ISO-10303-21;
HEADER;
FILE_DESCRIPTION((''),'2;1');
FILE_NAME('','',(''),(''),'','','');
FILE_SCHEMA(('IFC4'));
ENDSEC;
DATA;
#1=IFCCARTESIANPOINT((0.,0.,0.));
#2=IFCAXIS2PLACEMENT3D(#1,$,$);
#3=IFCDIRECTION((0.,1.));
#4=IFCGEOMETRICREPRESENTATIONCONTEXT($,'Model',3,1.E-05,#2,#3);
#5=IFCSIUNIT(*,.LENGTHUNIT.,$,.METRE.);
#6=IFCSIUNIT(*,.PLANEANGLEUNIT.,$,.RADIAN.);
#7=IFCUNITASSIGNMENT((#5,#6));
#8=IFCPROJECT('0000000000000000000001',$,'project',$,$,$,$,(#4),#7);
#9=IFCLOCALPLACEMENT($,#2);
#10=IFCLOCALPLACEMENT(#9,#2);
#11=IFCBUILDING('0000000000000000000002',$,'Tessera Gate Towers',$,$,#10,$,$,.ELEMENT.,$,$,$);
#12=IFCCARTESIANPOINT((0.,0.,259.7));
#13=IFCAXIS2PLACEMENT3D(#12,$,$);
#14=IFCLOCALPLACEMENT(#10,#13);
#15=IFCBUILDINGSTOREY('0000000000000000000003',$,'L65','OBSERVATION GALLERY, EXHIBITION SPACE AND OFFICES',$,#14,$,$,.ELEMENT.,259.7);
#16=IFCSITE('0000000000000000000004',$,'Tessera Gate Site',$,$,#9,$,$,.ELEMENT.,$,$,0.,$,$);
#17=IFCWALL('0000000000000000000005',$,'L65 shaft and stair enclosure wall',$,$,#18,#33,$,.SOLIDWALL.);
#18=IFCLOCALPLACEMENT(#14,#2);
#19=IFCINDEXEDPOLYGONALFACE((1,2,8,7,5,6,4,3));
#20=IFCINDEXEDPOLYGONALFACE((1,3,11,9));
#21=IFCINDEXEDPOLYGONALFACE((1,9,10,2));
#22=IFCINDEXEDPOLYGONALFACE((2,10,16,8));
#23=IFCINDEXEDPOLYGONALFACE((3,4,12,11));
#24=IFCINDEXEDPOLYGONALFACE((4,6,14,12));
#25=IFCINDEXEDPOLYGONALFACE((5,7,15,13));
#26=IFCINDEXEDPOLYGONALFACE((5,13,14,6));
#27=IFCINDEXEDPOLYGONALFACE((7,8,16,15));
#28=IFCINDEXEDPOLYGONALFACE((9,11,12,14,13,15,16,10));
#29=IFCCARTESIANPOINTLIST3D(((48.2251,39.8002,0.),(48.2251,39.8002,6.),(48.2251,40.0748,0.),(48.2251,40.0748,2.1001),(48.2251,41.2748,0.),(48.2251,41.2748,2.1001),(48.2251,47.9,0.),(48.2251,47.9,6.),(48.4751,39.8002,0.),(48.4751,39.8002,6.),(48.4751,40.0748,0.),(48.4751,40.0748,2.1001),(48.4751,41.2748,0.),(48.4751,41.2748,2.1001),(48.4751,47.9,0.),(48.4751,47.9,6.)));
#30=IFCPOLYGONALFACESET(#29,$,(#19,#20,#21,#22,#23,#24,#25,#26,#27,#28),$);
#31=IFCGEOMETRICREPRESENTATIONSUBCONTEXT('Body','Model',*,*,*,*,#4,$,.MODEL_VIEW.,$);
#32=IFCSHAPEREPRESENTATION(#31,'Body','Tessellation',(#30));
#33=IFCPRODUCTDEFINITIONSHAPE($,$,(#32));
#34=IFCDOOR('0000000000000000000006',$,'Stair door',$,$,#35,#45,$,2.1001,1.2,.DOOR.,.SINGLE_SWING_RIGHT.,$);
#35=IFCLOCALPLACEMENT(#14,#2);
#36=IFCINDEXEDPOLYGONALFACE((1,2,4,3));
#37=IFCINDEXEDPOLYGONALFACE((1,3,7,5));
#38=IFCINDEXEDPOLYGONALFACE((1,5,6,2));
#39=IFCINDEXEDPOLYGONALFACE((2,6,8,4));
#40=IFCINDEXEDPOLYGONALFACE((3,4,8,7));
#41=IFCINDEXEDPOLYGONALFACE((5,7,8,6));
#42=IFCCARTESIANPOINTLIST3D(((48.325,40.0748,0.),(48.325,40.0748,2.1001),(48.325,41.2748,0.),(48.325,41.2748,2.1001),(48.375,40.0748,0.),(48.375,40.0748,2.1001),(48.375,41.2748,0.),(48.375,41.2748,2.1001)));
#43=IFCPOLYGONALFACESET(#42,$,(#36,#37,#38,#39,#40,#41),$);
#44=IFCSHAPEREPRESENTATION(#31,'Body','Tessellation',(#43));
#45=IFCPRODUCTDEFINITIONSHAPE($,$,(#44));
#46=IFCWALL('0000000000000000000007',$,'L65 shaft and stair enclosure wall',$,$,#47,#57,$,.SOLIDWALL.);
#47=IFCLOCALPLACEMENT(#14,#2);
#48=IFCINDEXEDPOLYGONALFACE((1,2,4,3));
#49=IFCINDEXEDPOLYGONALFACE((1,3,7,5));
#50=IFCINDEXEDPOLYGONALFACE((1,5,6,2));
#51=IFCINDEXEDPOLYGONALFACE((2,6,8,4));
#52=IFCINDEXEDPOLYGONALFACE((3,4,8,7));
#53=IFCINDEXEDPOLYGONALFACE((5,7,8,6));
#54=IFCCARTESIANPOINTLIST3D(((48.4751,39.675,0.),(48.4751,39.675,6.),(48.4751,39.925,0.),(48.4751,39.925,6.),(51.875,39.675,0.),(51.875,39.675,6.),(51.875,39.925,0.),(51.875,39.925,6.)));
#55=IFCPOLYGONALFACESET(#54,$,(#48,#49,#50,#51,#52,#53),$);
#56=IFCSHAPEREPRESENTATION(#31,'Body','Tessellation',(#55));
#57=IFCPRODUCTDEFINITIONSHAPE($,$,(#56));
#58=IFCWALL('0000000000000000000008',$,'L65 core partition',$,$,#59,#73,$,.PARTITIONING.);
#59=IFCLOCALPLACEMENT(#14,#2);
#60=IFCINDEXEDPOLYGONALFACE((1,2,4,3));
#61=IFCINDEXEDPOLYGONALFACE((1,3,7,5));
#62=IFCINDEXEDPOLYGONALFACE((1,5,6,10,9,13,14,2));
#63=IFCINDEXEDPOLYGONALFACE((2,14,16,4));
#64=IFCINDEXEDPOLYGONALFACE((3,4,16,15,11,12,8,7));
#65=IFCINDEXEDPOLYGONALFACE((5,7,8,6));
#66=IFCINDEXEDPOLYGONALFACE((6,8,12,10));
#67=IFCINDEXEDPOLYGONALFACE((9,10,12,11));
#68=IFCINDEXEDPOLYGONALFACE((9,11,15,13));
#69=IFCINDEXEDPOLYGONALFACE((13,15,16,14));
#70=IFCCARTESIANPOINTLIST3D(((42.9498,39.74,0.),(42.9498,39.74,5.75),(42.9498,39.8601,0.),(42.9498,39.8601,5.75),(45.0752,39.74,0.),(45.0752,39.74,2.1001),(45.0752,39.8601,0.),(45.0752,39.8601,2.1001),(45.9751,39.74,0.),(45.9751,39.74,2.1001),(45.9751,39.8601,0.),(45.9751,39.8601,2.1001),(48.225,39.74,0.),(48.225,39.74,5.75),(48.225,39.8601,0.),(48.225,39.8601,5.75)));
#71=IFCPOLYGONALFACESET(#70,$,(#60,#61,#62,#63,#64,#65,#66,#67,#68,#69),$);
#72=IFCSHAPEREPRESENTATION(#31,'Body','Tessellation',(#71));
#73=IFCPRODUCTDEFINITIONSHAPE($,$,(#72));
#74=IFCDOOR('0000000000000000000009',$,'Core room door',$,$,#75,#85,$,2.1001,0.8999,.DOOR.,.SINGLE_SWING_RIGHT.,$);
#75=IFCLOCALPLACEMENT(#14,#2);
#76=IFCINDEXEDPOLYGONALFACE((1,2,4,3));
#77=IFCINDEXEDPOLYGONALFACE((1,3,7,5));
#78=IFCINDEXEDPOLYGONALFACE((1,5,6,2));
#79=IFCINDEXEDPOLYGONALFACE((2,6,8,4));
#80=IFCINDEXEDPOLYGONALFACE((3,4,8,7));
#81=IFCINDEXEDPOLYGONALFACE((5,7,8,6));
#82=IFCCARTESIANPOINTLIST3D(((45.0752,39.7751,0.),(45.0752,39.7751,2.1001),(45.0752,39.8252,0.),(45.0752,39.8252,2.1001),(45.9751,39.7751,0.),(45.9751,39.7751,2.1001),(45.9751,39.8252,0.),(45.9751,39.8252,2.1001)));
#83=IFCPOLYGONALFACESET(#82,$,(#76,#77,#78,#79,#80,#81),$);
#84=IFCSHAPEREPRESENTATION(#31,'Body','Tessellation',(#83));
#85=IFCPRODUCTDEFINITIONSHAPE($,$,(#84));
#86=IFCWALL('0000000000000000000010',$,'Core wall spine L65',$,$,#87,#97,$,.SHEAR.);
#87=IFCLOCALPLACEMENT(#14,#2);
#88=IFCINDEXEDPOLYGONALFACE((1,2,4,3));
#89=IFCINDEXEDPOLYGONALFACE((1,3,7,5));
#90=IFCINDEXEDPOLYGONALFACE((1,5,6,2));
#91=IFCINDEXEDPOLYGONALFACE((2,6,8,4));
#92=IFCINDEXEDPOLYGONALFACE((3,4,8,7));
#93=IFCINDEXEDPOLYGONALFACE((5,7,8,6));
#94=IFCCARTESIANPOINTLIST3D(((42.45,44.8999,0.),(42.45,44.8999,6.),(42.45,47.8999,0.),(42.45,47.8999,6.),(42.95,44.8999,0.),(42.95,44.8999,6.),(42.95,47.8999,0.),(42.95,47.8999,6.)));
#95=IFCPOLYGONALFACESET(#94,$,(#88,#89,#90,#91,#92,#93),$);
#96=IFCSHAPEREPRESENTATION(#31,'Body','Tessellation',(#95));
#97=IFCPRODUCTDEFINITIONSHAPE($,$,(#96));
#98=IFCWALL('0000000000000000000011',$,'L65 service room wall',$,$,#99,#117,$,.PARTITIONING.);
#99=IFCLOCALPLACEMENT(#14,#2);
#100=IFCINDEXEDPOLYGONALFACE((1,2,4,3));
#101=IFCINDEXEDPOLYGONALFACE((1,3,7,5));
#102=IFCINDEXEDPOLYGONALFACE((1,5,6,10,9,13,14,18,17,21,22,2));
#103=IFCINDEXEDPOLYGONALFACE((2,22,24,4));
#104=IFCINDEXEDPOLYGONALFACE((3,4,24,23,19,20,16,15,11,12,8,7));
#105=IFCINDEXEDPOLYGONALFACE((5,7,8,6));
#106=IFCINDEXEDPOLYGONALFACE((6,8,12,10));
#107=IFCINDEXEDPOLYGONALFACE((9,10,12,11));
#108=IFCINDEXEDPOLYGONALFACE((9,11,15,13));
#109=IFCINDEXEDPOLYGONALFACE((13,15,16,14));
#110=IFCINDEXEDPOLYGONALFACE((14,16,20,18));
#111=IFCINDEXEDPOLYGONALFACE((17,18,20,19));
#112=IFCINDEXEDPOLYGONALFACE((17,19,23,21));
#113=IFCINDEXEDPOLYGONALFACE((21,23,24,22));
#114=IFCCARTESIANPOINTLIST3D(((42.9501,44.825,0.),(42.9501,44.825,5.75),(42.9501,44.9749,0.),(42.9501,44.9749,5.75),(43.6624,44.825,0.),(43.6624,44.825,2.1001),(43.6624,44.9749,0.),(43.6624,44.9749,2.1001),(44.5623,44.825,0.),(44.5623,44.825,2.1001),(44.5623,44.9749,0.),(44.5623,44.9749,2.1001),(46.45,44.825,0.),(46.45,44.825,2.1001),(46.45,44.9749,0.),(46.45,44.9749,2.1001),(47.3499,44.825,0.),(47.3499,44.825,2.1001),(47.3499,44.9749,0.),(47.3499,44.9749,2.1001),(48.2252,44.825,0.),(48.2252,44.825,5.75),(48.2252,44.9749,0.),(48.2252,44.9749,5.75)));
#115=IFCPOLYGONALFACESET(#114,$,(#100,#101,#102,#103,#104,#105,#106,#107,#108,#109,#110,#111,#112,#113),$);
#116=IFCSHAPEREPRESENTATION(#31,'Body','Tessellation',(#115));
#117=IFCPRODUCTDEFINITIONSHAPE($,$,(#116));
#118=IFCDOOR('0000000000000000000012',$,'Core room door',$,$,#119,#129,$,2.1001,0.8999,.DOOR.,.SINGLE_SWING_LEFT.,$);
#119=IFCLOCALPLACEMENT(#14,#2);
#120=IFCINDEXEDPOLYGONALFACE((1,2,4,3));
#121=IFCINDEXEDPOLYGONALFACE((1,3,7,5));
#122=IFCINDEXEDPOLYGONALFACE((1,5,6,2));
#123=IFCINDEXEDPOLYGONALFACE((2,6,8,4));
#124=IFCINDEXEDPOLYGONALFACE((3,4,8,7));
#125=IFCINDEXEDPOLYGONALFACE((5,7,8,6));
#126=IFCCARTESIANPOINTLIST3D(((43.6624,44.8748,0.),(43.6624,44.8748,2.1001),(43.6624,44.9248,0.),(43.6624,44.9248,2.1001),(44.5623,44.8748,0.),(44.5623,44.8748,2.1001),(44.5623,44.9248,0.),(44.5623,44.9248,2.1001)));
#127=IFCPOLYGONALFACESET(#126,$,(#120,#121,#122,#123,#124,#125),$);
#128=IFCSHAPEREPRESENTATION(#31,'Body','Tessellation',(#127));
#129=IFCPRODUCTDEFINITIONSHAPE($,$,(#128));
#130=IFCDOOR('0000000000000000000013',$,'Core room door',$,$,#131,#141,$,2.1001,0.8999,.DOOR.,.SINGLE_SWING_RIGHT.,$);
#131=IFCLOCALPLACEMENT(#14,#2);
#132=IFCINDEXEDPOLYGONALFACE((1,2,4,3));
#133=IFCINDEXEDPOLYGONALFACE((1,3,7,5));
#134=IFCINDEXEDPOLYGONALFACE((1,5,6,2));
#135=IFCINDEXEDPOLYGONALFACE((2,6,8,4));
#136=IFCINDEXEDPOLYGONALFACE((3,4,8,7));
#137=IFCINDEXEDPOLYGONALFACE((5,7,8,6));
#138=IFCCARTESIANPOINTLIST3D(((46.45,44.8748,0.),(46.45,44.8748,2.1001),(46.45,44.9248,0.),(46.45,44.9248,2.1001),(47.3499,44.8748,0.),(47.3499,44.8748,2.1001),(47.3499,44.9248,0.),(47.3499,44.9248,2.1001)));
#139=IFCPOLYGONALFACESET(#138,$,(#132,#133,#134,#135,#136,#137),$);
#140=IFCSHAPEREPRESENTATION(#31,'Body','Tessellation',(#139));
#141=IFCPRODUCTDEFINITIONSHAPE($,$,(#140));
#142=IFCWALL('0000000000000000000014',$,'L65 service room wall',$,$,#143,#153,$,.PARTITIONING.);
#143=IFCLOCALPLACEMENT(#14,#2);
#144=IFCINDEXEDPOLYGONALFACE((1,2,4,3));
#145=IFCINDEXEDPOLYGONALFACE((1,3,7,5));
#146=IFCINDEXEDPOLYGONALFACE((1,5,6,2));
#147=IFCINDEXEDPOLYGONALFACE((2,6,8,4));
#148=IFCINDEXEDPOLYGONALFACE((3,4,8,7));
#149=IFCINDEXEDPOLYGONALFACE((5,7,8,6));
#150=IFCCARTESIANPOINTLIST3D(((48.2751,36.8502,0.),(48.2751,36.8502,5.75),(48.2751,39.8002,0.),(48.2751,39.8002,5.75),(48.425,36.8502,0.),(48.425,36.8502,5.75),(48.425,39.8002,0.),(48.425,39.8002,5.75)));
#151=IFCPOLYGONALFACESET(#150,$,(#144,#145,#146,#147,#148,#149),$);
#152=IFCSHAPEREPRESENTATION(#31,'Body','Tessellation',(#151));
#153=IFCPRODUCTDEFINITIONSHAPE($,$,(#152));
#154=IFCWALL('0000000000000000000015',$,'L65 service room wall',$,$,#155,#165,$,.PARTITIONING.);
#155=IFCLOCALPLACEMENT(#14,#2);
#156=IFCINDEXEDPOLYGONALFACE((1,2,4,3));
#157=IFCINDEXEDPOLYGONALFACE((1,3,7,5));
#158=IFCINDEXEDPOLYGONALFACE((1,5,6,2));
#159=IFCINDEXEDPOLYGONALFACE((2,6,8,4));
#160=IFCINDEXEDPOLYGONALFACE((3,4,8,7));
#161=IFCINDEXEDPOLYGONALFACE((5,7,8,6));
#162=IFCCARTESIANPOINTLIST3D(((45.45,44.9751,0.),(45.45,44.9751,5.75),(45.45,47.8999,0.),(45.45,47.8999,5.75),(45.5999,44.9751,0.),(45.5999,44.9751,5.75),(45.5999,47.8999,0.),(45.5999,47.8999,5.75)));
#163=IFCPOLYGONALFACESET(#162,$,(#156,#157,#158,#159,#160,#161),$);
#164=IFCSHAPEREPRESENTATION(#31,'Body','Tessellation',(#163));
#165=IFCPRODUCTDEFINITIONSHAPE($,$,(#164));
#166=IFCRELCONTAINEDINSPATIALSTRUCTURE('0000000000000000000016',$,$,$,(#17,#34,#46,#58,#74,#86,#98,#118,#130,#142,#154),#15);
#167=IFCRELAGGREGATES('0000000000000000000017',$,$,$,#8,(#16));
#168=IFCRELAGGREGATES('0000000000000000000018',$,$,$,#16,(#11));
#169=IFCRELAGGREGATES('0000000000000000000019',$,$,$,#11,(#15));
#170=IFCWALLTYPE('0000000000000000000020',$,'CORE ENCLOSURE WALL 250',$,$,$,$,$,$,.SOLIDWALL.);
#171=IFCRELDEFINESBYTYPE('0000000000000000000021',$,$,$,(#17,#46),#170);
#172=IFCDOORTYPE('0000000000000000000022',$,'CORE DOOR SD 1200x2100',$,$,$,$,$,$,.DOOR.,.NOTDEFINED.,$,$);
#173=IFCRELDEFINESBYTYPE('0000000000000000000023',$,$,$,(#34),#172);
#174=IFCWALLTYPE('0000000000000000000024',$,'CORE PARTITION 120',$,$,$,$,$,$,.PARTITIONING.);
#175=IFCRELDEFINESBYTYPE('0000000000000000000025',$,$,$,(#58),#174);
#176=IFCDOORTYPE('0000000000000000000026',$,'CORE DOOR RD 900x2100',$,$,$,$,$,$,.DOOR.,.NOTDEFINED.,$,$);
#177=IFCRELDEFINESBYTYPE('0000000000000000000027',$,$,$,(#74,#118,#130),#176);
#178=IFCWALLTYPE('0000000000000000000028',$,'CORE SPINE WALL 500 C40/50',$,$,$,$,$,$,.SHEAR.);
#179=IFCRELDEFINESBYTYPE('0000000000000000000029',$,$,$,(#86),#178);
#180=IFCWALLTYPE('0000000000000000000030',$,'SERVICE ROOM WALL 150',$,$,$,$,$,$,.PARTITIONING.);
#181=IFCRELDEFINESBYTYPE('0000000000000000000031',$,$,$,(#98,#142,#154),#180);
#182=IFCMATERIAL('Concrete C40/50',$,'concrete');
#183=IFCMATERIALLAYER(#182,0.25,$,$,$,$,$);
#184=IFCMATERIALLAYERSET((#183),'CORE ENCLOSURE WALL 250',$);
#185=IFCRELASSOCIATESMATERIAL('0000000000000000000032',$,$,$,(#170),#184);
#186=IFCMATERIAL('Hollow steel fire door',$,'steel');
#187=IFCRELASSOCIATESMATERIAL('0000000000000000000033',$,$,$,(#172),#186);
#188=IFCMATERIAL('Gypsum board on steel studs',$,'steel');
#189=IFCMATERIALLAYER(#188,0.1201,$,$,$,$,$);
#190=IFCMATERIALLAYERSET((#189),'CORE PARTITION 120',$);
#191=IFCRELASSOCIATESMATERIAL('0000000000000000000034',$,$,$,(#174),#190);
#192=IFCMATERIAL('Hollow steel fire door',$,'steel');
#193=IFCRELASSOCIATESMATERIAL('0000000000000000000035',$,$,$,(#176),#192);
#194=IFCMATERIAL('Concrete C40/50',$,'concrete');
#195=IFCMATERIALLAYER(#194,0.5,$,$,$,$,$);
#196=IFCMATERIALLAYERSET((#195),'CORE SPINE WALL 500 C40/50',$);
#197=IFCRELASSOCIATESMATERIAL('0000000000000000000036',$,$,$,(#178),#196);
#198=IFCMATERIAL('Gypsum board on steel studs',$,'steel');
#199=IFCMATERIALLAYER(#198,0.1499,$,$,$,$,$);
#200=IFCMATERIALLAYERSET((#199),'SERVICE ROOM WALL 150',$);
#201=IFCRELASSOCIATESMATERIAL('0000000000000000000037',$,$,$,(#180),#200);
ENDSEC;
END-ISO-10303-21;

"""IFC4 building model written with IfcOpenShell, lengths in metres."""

from ifc_helpers import new_model, si_unit, direction, frame, frame_2d, origin, place, context, subcontext, project, spatial, rectangle, extrude, source, transform, mapped, material, layer, layer_set, type_object, element, fill, save


model = new_model("IFC4")

# Units and contexts
model_context = context("Model", 3, precision=1e-05, world=origin(), true_north=direction((0.0, 1.0)))
body_context = subcontext(model_context, "Body", "Model", "MODEL_VIEW")
ifc_project = project(units=[si_unit("LENGTHUNIT", "METRE"), si_unit("PLANEANGLEUNIT", "RADIAN")], contexts=[model_context])

# Site, building, storey
site_placement = place(None, origin())
site = spatial("IfcSite", under=ifc_project, at=site_placement, Name="Tessera Gate Site", CompositionType="ELEMENT", RefElevation=0.0)
building_placement = place(site_placement, origin())
building = spatial("IfcBuilding", under=site, at=building_placement, Name="Tessera Gate Towers", CompositionType="ELEMENT")
storey_placement = place(building_placement, frame((0.0, 0.0, 259.7)))
storey = spatial("IfcBuildingStorey", under=building, at=storey_placement, Name="L65", Description="OBSERVATION GALLERY, EXHIBITION SPACE AND OFFICES", CompositionType="ELEMENT", Elevation=259.7)

# Wall, opening, door
ifc_material_1 = material(Name="Concrete C40/50", Category="concrete")
ifc_layer_1 = layer(ifc_material_1, 0.25)
ifc_layer_set_1 = layer_set([ifc_layer_1], Name="CORE ENCLOSURE WALL 250")
wall_type_1 = type_object("IfcWallType", Name="CORE ENCLOSURE WALL 250", PredefinedType="SOLIDWALL", material=ifc_layer_set_1)
wall_1_placement = place(storey_placement, frame((48.3501, 47.8999, 0.0), z_axis=(0.0, 0.0, 1.0), x_axis=(0.0, -1.0, 0.0)))
wall_1 = element("IfcWall", 1, at=wall_1_placement, inside=storey, type_object=wall_type_1, Name="L65 shaft and stair enclosure wall", PredefinedType="SOLIDWALL", context=body_context, shape_type="SweptSolid", body=[
    extrude(rectangle(XDim=8.0999, YDim=0.25, at=frame_2d((4.0498, 0.0))), origin(), (0.0, 0.0, 1.0), 6.0),
])
shared_shape_1 = source(origin(), body_context, "Body", "SweptSolid", [
    extrude(rectangle(XDim=1.2, YDim=2.1001, at=frame_2d((0.6001, 1.05))), frame((0.0, 0.135, 0.0), z_axis=(0.0, -1.0, 0.0), x_axis=(1.0, 0.0, 0.0)), (0.0, 0.0, 1.0), 0.27),
])
opening_1_placement = place(wall_1_placement, frame((6.625, 0.0, 0.0)))
opening_1 = element("IfcOpeningElement", 2, at=opening_1_placement, cuts=wall_1, PredefinedType="OPENING", context=body_context, shape_type="MappedRepresentation", body=[
    mapped(shared_shape_1, transform((0.0, 0.0, 0.0), scale=1.0)),
])
ifc_material_2 = material(Name="Hollow steel fire door", Category="steel")
door_type_1 = type_object("IfcDoorType", Name="CORE DOOR SD 1200x2100", OperationType="NOTDEFINED", PredefinedType="DOOR", material=ifc_material_2)
shared_shape_2 = source(origin(), body_context, "Body", "SweptSolid", [
    extrude(rectangle(XDim=1.2, YDim=2.1001, at=frame_2d((0.6001, 1.05))), frame((0.0, 0.0249, 0.0), z_axis=(0.0, -1.0, 0.0), x_axis=(1.0, 0.0, 0.0)), (0.0, 0.0, 1.0), 0.05),
])
door_1_placement = place(opening_1_placement, origin())
door_1 = element("IfcDoor", 3, at=door_1_placement, inside=storey, type_object=door_type_1, Name="Stair door", OperationType="SINGLE_SWING_RIGHT", OverallHeight=2.1001, OverallWidth=1.2, PredefinedType="DOOR", context=body_context, shape_type="MappedRepresentation", body=[
    mapped(shared_shape_2, transform((0.0, 0.0, 0.0), scale=1.0)),
])
fill(opening_1, door_1)

# Wall
wall_2_placement = place(storey_placement, frame((48.4751, 39.8, 0.0), z_axis=(0.0, 0.0, 1.0), x_axis=(1.0, 0.0, 0.0)))
element("IfcWall", 4, at=wall_2_placement, inside=storey, type_object=wall_type_1, Name="L65 shaft and stair enclosure wall", PredefinedType="SOLIDWALL", context=body_context, shape_type="SweptSolid", body=[
    extrude(rectangle(XDim=3.3999, YDim=0.25, at=frame_2d((1.7, 0.0))), origin(), (0.0, 0.0, 1.0), 6.0),
])

# Wall, opening, door
ifc_material_3 = material(Name="Gypsum board on steel studs", Category="steel")
ifc_layer_2 = layer(ifc_material_3, 0.1201)
ifc_layer_set_2 = layer_set([ifc_layer_2], Name="CORE PARTITION 120")
wall_type_2 = type_object("IfcWallType", Name="CORE PARTITION 120", PredefinedType="PARTITIONING", material=ifc_layer_set_2)
wall_3_placement = place(storey_placement, frame((48.2251, 39.8, 0.0), z_axis=(0.0, 0.0, 1.0), x_axis=(-1.0, 0.0, 0.0)))
wall_3 = element("IfcWall", 5, at=wall_3_placement, inside=storey, type_object=wall_type_2, Name="L65 core partition", PredefinedType="PARTITIONING", context=body_context, shape_type="SweptSolid", body=[
    extrude(rectangle(XDim=5.2751, YDim=0.1201, at=frame_2d((2.6377, 0.0))), origin(), (0.0, 0.0, 1.0), 5.75),
])
shared_shape_3 = source(origin(), body_context, "Body", "SweptSolid", [
    extrude(rectangle(XDim=0.8999, YDim=2.1001, at=frame_2d((0.45, 1.05))), frame((0.0, 0.0701, 0.0), z_axis=(0.0, -1.0, 0.0), x_axis=(1.0, 0.0, 0.0)), (0.0, 0.0, 1.0), 0.1401),
])
opening_2_placement = place(wall_3_placement, frame((2.25, 0.0, 0.0)))
opening_2 = element("IfcOpeningElement", 6, at=opening_2_placement, cuts=wall_3, PredefinedType="OPENING", context=body_context, shape_type="MappedRepresentation", body=[
    mapped(shared_shape_3, transform((0.0, 0.0, 0.0), scale=1.0)),
])
ifc_material_4 = material(Name="Hollow steel fire door", Category="steel")
door_type_2 = type_object("IfcDoorType", Name="CORE DOOR RD 900x2100", OperationType="NOTDEFINED", PredefinedType="DOOR", material=ifc_material_4)
shared_shape_4 = source(origin(), body_context, "Body", "SweptSolid", [
    extrude(rectangle(XDim=0.8999, YDim=2.1001, at=frame_2d((0.45, 1.05))), frame((0.0, 0.0249, 0.0), z_axis=(0.0, -1.0, 0.0), x_axis=(1.0, 0.0, 0.0)), (0.0, 0.0, 1.0), 0.05),
])
door_2_placement = place(opening_2_placement, origin())
door_2 = element("IfcDoor", 7, at=door_2_placement, inside=storey, type_object=door_type_2, Name="Core room door", OperationType="SINGLE_SWING_RIGHT", OverallHeight=2.1001, OverallWidth=0.8999, PredefinedType="DOOR", context=body_context, shape_type="MappedRepresentation", body=[
    mapped(shared_shape_4, transform((0.0, 0.0, 0.0), scale=1.0)),
])
fill(opening_2, door_2)

# Wall
ifc_material_5 = material(Name="Concrete C40/50", Category="concrete")
ifc_layer_3 = layer(ifc_material_5, 0.5)
ifc_layer_set_3 = layer_set([ifc_layer_3], Name="CORE SPINE WALL 500 C40/50")
wall_type_3 = type_object("IfcWallType", Name="CORE SPINE WALL 500 C40/50", PredefinedType="SHEAR", material=ifc_layer_set_3)
wall_4_placement = place(storey_placement, frame((42.7, 44.8999, 0.0), z_axis=(0.0, 0.0, 1.0), x_axis=(0.0, 1.0, 0.0)))
element("IfcWall", 8, at=wall_4_placement, inside=storey, type_object=wall_type_3, Name="Core wall spine L65", PredefinedType="SHEAR", context=body_context, shape_type="SweptSolid", body=[
    extrude(rectangle(XDim=3.0, YDim=0.5, at=frame_2d((1.5, 0.0))), origin(), (0.0, 0.0, 1.0), 6.0),
])

# Wall, openings, doors
ifc_material_6 = material(Name="Gypsum board on steel studs", Category="steel")
ifc_layer_4 = layer(ifc_material_6, 0.1499)
ifc_layer_set_4 = layer_set([ifc_layer_4], Name="SERVICE ROOM WALL 150")
wall_type_4 = type_object("IfcWallType", Name="SERVICE ROOM WALL 150", PredefinedType="PARTITIONING", material=ifc_layer_set_4)
wall_5_placement = place(storey_placement, frame((42.95, 44.8999, 0.0), z_axis=(0.0, 0.0, 1.0), x_axis=(1.0, 0.0, 0.0)))
wall_5 = element("IfcWall", 9, at=wall_5_placement, inside=storey, type_object=wall_type_4, Name="L65 service room wall", PredefinedType="PARTITIONING", context=body_context, shape_type="SweptSolid", body=[
    extrude(rectangle(XDim=5.2751, YDim=0.1499, at=frame_2d((2.6377, 0.0))), origin(), (0.0, 0.0, 1.0), 5.75),
])
shared_shape_5 = source(origin(), body_context, "Body", "SweptSolid", [
    extrude(rectangle(XDim=0.8999, YDim=2.1001, at=frame_2d((0.45, 1.05))), frame((0.0, 0.085, 0.0), z_axis=(0.0, -1.0, 0.0), x_axis=(1.0, 0.0, 0.0)), (0.0, 0.0, 1.0), 0.1699),
])
opening_3_placement = place(wall_5_placement, frame((0.7124, 0.0, 0.0)))
opening_3 = element("IfcOpeningElement", 10, at=opening_3_placement, cuts=wall_5, PredefinedType="OPENING", context=body_context, shape_type="MappedRepresentation", body=[
    mapped(shared_shape_5, transform((0.0, 0.0, 0.0), scale=1.0)),
])
opening_4_placement = place(wall_5_placement, frame((3.5, 0.0, 0.0)))
opening_4 = element("IfcOpeningElement", 11, at=opening_4_placement, cuts=wall_5, PredefinedType="OPENING", context=body_context, shape_type="MappedRepresentation", body=[
    mapped(shared_shape_5, transform((0.0, 0.0, 0.0), scale=1.0)),
])
door_3_placement = place(opening_3_placement, origin())
door_3 = element("IfcDoor", 12, at=door_3_placement, inside=storey, type_object=door_type_2, Name="Core room door", OperationType="SINGLE_SWING_LEFT", OverallHeight=2.1001, OverallWidth=0.8999, PredefinedType="DOOR", context=body_context, shape_type="MappedRepresentation", body=[
    mapped(shared_shape_4, transform((0.0, 0.0, 0.0), scale=1.0)),
])
fill(opening_3, door_3)
door_4_placement = place(opening_4_placement, origin())
door_4 = element("IfcDoor", 13, at=door_4_placement, inside=storey, type_object=door_type_2, Name="Core room door", OperationType="SINGLE_SWING_RIGHT", OverallHeight=2.1001, OverallWidth=0.8999, PredefinedType="DOOR", context=body_context, shape_type="MappedRepresentation", body=[
    mapped(shared_shape_4, transform((0.0, 0.0, 0.0), scale=1.0)),
])
fill(opening_4, door_4)

# Walls
wall_6_placement = place(storey_placement, frame((48.3501, 36.8501, 0.0), z_axis=(0.0, 0.0, 1.0), x_axis=(0.0, 1.0, 0.0)))
element("IfcWall", 14, at=wall_6_placement, inside=storey, type_object=wall_type_4, Name="L65 service room wall", PredefinedType="PARTITIONING", context=body_context, shape_type="SweptSolid", body=[
    extrude(rectangle(XDim=2.95, YDim=0.1499, at=frame_2d((1.4751, 0.0))), origin(), (0.0, 0.0, 1.0), 5.75),
])
wall_7_placement = place(storey_placement, frame((45.5249, 44.9751, 0.0), z_axis=(0.0, 0.0, 1.0), x_axis=(0.0, 1.0, 0.0)))
element("IfcWall", 15, at=wall_7_placement, inside=storey, type_object=wall_type_4, Name="L65 service room wall", PredefinedType="PARTITIONING", context=body_context, shape_type="SweptSolid", body=[
    extrude(rectangle(XDim=2.9248, YDim=0.1499, at=frame_2d((1.4624, 0.0))), origin(), (0.0, 0.0, 1.0), 5.75),
])

save(model, "model.ifc")
